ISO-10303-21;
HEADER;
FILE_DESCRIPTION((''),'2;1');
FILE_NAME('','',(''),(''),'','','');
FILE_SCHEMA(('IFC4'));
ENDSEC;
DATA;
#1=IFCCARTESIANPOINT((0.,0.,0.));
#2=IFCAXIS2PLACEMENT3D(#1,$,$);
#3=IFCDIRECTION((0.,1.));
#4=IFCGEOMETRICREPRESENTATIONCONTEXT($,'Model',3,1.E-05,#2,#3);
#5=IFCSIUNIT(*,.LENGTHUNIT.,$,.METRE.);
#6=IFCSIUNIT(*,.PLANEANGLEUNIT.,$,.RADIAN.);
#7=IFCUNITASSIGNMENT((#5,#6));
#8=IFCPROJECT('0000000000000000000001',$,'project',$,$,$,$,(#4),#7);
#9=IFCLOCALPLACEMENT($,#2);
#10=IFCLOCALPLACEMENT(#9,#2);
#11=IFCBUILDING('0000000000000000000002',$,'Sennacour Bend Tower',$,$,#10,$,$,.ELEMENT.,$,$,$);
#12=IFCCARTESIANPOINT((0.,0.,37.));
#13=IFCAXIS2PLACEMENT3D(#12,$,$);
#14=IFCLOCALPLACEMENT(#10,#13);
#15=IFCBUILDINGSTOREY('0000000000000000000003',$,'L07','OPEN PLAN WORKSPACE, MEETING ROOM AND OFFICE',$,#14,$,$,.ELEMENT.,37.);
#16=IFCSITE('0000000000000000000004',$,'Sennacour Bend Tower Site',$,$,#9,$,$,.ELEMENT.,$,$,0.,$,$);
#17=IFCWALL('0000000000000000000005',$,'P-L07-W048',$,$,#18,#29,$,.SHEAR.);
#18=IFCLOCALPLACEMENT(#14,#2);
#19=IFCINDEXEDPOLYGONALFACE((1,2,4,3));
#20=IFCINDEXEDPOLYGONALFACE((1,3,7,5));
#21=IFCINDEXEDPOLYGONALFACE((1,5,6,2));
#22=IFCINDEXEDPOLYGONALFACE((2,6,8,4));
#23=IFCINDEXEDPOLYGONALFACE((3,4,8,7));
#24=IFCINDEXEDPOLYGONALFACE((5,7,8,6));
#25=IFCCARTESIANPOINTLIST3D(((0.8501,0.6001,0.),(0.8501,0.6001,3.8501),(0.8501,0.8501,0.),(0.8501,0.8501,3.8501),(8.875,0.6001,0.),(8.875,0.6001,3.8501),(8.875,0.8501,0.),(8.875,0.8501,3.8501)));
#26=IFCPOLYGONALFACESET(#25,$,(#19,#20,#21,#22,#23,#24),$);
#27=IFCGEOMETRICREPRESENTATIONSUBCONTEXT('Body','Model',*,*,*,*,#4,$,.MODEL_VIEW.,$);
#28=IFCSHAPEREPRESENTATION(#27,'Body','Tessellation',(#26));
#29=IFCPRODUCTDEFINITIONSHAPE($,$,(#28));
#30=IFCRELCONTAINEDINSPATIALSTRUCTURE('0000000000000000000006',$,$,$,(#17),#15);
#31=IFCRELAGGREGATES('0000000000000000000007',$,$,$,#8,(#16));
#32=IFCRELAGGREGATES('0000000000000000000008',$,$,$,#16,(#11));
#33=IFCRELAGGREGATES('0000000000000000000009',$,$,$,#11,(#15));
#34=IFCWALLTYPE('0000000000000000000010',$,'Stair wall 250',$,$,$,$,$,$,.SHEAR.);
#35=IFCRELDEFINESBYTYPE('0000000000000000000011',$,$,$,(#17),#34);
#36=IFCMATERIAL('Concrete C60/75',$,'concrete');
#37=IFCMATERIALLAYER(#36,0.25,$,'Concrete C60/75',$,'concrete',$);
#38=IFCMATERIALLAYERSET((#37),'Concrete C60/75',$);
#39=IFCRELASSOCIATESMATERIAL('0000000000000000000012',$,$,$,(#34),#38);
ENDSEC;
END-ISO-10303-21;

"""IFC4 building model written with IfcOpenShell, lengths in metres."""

from ifc_helpers import new_model, si_unit, direction, frame, frame_2d, origin, place, context, subcontext, project, spatial, rectangle, extrude, material, layer, layer_set, type_object, element, save


model = new_model("IFC4")

# Units and contexts
model_context = context("Model", 3, precision=1e-05, world=origin(), true_north=direction((0.0, 1.0)))
body_context = subcontext(model_context, "Body", "Model", "MODEL_VIEW")
ifc_project = project(units=[si_unit("LENGTHUNIT", "METRE"), si_unit("PLANEANGLEUNIT", "RADIAN")], contexts=[model_context])

# Site, building, storey
site_placement = place(None, origin())
site = spatial("IfcSite", under=ifc_project, at=site_placement, Name="Sennacour Bend Tower Site", CompositionType="ELEMENT", RefElevation=0.0)
building_placement = place(site_placement, origin())
building = spatial("IfcBuilding", under=site, at=building_placement, Name="Sennacour Bend Tower", CompositionType="ELEMENT")
storey_placement = place(building_placement, frame((0.0, 0.0, 37.0)))
storey = spatial("IfcBuildingStorey", under=building, at=storey_placement, Name="L07", Description="OPEN PLAN WORKSPACE, MEETING ROOM AND OFFICE", CompositionType="ELEMENT", Elevation=37.0)

# Wall
ifc_material_1 = material(Name="Concrete C60/75", Category="concrete")
ifc_layer_1 = layer(ifc_material_1, 0.25, Name="Concrete C60/75", Category="concrete")
ifc_layer_set_1 = layer_set([ifc_layer_1], Name="Concrete C60/75")
wall_type_1 = type_object("IfcWallType", Name="Stair wall 250", PredefinedType="SHEAR", material=ifc_layer_set_1)
wall_1_placement = place(storey_placement, frame((0.8501, 0.7251, 0.0), z_axis=(0.0, 0.0, 1.0), x_axis=(1.0, 0.0, 0.0)))
element("IfcWall", 1, at=wall_1_placement, inside=storey, type_object=wall_type_1, Name="P-L07-W048", PredefinedType="SHEAR", context=body_context, shape_type="SweptSolid", body=[
    extrude(rectangle(XDim=8.0249, YDim=0.25, at=frame_2d((4.0125, 0.0))), origin(), (0.0, 0.0, 1.0), 3.8501),
])

save(model, "model.ifc")
